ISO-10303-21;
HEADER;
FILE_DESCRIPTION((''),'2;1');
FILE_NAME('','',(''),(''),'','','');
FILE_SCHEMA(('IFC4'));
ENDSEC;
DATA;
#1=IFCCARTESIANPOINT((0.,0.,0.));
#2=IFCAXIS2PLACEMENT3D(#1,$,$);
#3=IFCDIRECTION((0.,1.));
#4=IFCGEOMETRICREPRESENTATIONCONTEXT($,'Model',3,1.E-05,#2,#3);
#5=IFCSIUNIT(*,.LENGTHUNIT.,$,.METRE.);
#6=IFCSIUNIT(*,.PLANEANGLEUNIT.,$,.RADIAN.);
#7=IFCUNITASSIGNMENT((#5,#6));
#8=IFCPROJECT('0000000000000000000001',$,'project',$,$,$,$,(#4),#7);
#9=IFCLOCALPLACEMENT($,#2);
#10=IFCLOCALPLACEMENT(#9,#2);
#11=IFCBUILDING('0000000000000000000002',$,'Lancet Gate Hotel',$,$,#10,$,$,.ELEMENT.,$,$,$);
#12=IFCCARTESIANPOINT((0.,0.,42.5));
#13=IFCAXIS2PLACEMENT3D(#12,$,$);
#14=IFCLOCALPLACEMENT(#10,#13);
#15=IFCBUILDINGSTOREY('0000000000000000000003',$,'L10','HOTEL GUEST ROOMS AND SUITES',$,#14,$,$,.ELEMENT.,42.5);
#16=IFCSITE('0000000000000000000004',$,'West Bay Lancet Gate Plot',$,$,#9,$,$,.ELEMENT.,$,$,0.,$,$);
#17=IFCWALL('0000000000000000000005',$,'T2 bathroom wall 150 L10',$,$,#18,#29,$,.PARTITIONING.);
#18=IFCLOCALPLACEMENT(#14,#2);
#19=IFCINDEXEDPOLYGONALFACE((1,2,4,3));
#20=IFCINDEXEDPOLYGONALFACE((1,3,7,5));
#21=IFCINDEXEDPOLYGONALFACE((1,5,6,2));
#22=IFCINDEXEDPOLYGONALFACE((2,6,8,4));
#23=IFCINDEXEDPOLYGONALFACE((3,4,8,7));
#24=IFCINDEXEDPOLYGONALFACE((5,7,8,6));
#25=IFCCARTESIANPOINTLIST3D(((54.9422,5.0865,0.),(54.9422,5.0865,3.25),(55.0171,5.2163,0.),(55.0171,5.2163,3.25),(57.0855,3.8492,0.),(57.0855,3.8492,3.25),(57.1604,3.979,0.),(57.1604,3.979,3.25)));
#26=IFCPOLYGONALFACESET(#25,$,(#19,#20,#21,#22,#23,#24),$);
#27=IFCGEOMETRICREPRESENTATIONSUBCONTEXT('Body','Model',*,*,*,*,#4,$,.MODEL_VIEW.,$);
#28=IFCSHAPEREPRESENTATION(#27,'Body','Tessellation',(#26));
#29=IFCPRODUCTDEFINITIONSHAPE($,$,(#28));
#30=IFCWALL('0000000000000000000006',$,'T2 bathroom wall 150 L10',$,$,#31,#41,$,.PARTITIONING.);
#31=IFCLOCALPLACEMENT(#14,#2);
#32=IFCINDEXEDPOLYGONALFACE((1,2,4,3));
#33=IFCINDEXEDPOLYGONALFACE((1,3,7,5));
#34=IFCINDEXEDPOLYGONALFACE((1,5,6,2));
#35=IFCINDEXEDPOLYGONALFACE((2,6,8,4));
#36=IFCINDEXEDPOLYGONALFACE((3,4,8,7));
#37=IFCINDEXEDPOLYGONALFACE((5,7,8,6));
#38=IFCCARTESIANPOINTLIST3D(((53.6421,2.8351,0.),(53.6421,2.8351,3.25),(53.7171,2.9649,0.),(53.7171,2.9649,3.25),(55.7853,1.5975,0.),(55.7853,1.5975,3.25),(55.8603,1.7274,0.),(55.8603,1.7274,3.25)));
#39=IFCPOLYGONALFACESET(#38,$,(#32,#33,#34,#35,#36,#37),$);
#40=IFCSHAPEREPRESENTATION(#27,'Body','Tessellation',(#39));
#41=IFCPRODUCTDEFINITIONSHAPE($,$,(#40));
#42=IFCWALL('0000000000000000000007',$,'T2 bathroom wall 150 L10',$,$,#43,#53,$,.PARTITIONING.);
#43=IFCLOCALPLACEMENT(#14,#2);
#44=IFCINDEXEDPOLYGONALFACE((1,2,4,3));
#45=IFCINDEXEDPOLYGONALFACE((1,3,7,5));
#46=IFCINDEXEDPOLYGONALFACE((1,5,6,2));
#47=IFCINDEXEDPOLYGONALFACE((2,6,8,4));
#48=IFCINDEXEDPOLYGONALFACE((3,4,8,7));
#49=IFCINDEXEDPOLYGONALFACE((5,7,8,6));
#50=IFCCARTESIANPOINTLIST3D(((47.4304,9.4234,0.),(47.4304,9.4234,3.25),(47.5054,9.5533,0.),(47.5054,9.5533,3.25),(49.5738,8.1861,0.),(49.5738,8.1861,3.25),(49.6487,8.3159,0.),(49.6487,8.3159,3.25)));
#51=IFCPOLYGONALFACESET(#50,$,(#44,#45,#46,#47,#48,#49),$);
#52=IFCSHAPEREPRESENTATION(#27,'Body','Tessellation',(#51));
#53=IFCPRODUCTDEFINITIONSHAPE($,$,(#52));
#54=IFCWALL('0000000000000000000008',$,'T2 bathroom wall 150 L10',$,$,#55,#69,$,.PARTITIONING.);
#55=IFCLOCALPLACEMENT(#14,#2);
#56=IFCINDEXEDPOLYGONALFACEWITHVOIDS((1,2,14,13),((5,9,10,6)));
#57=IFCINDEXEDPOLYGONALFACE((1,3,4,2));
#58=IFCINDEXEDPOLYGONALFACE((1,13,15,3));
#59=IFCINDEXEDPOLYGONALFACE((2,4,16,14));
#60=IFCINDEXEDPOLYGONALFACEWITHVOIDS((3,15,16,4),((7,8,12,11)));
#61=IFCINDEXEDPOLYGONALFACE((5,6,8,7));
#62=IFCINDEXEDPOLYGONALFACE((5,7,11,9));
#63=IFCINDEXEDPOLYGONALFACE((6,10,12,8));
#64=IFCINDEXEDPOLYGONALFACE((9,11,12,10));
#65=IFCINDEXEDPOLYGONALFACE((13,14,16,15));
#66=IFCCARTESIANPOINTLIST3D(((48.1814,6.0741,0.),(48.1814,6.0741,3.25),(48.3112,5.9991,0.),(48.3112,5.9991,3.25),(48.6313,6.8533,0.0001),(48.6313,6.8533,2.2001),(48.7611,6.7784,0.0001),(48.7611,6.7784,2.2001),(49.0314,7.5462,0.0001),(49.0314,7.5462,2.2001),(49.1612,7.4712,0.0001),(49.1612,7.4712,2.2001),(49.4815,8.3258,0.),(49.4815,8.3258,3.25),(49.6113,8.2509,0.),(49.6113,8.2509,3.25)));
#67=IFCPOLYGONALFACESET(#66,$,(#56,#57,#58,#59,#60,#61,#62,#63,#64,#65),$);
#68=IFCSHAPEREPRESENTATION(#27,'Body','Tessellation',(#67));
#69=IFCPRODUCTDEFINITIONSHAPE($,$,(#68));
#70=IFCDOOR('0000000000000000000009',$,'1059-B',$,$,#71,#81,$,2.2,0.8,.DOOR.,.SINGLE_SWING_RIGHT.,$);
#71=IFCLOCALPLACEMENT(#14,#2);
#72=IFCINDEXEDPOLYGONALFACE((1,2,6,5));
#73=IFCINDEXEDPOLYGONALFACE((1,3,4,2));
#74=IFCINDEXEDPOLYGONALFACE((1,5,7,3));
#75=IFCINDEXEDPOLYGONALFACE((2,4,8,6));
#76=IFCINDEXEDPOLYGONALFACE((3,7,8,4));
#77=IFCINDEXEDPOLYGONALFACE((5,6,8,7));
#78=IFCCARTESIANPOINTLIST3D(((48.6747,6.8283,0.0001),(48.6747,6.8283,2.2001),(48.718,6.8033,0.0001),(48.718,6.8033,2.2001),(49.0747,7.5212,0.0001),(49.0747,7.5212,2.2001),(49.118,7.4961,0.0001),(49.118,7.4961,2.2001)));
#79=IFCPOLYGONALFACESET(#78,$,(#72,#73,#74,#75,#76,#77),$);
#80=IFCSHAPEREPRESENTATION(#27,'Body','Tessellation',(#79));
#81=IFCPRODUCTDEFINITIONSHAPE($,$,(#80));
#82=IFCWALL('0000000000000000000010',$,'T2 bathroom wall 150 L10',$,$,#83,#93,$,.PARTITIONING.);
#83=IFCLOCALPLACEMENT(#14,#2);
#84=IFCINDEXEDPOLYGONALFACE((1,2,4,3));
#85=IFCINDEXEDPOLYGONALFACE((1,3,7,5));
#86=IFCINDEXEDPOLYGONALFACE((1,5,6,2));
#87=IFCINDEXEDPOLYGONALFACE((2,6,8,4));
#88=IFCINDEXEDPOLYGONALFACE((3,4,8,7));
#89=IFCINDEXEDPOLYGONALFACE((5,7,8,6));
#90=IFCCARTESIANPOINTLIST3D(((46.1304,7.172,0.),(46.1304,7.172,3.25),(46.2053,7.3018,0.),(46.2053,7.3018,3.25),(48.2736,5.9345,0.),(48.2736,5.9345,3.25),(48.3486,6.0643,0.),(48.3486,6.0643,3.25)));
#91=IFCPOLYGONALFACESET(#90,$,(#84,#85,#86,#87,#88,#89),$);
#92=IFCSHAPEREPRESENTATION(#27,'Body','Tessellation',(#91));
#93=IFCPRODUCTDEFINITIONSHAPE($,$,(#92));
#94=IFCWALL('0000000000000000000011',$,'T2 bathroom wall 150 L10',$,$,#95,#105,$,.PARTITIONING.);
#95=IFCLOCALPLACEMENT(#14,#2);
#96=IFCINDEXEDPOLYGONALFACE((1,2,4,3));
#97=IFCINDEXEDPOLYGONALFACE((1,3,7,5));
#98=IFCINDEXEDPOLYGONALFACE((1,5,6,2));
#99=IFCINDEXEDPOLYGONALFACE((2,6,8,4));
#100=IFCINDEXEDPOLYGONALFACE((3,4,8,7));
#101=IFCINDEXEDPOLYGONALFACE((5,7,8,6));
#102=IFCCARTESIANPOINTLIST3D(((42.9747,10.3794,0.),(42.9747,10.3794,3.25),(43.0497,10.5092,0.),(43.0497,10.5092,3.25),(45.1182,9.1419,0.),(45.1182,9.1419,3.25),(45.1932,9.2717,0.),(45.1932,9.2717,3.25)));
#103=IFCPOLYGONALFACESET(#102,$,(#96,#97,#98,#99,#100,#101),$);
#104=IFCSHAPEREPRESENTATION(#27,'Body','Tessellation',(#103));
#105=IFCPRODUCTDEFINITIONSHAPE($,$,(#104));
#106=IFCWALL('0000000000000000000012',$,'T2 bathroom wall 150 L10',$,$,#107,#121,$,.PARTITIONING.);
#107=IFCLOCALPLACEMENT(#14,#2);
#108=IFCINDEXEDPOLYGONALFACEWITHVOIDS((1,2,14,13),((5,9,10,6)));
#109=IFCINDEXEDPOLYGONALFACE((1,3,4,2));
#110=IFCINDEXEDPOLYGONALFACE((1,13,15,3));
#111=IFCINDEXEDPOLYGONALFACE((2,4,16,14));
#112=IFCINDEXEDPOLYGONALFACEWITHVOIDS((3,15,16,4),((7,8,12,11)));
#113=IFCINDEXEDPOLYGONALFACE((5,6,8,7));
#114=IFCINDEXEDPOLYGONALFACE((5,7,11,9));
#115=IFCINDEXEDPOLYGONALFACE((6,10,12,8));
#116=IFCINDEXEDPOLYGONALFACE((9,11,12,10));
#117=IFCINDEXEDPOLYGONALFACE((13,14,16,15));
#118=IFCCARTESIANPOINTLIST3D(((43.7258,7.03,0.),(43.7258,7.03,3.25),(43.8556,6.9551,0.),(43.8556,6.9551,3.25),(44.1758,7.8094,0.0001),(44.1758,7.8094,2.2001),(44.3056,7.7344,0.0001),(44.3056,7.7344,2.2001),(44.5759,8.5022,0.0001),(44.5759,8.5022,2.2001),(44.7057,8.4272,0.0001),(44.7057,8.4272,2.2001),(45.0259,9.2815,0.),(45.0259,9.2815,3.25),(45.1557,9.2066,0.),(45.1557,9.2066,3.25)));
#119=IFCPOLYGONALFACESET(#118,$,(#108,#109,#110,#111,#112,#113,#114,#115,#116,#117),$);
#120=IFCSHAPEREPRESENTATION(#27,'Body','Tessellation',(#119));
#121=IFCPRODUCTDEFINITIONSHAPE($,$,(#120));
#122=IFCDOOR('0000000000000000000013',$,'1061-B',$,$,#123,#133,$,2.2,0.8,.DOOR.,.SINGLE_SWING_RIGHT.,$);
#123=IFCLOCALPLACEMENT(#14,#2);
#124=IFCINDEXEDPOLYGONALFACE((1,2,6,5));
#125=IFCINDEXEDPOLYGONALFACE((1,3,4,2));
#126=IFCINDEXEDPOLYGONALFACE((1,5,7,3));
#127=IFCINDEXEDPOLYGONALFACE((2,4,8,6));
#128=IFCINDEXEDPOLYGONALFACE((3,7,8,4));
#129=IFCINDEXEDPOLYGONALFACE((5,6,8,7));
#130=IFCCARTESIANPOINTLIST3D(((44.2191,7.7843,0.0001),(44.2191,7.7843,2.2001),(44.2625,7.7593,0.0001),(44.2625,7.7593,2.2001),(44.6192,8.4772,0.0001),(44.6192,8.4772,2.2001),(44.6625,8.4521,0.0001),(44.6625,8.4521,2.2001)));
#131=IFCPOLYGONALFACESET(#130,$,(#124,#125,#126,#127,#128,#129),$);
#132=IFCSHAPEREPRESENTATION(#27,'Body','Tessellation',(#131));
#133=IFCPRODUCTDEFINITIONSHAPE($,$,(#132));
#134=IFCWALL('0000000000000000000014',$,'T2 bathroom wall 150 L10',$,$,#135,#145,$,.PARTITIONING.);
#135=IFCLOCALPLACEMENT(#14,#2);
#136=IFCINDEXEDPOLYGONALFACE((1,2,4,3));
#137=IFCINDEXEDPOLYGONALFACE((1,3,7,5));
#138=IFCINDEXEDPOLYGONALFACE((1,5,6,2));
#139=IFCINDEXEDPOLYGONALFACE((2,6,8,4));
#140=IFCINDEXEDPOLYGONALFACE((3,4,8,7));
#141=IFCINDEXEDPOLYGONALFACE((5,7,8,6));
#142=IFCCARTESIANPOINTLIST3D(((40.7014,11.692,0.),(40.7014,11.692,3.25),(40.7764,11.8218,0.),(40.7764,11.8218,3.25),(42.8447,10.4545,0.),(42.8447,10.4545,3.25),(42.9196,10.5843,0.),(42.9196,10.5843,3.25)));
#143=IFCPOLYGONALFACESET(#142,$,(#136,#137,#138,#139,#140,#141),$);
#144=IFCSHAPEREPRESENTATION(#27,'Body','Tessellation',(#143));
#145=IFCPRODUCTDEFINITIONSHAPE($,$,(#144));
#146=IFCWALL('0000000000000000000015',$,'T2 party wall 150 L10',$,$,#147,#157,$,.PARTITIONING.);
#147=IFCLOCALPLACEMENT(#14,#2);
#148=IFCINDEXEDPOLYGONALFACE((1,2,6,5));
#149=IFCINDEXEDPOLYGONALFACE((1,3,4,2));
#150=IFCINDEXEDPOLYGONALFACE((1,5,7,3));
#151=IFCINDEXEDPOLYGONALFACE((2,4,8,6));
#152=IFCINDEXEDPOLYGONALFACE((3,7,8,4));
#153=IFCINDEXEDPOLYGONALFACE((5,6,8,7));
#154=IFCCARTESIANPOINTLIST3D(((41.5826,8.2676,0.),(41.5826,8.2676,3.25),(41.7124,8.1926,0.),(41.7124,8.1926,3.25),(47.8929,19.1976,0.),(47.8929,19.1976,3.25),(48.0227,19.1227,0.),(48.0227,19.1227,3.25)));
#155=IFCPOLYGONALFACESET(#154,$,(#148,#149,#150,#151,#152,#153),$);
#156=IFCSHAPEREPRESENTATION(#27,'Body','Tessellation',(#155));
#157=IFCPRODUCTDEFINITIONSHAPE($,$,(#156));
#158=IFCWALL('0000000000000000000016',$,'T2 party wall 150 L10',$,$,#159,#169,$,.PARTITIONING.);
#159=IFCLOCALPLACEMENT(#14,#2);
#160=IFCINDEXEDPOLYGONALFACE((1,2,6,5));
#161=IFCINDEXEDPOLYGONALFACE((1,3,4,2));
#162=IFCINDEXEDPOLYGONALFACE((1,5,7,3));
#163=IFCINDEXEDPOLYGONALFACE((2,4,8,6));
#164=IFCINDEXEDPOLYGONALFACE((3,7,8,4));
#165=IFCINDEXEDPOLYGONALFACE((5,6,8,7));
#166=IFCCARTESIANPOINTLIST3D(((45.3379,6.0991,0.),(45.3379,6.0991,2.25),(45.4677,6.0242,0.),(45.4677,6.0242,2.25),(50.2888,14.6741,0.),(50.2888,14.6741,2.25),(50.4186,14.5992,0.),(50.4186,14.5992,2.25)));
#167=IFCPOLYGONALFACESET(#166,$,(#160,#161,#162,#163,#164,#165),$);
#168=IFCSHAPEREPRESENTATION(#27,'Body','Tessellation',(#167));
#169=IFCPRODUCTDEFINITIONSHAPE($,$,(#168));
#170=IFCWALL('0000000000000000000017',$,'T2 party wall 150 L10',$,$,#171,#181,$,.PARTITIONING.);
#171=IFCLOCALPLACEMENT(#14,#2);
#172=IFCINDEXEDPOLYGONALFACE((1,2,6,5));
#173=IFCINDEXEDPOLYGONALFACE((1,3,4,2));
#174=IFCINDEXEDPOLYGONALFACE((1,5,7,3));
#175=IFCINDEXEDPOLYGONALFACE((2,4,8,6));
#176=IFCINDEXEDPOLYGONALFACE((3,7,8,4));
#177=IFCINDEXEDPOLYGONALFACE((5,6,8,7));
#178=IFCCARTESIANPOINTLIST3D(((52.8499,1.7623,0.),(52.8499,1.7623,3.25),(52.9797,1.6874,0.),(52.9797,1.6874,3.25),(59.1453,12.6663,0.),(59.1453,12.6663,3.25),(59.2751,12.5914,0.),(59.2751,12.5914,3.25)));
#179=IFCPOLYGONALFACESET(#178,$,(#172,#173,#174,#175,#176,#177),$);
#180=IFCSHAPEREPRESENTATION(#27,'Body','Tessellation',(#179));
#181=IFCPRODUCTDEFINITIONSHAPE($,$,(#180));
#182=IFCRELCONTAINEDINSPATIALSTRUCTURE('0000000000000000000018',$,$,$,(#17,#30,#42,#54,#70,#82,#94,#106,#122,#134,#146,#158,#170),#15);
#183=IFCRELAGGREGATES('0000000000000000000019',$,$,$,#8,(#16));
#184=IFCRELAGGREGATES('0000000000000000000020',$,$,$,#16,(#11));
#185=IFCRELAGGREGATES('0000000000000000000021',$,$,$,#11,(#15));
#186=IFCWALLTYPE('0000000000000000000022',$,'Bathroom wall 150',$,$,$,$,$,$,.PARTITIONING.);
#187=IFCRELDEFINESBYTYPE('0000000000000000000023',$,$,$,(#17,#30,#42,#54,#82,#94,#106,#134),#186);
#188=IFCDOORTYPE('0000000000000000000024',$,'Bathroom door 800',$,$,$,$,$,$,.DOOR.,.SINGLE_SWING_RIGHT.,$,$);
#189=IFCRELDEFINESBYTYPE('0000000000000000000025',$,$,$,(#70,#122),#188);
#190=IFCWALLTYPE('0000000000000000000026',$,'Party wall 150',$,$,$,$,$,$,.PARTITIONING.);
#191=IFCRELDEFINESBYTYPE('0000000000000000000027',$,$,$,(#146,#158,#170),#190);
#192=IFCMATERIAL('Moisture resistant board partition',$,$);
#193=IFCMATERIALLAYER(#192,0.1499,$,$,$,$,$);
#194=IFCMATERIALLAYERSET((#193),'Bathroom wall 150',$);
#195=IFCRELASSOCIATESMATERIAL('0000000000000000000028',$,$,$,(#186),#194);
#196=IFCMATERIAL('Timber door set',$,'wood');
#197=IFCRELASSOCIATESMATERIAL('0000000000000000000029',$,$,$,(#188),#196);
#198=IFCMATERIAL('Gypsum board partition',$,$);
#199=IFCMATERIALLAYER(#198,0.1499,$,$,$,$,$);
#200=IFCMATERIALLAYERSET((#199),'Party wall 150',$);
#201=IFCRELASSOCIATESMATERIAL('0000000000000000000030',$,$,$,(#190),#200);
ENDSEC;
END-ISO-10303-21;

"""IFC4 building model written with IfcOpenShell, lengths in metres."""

from ifc_helpers import new_model, si_unit, direction, frame, frame_2d, origin, place, context, subcontext, project, spatial, rectangle, extrude, material, layer, layer_set, type_object, element, fill, save


model = new_model("IFC4")

# Units and contexts
model_context = context("Model", 3, precision=1e-05, world=origin(), true_north=direction((0.0, 1.0)))
body_context = subcontext(model_context, "Body", "Model", "MODEL_VIEW")
ifc_project = project(units=[si_unit("LENGTHUNIT", "METRE"), si_unit("PLANEANGLEUNIT", "RADIAN")], contexts=[model_context])

# Site, building, storey
site_placement = place(None, origin())
site = spatial("IfcSite", under=ifc_project, at=site_placement, Name="West Bay Lancet Gate Plot", CompositionType="ELEMENT", RefElevation=0.0)
building_placement = place(site_placement, origin())
building = spatial("IfcBuilding", under=site, at=building_placement, Name="Lancet Gate Hotel", CompositionType="ELEMENT")
storey_placement = place(building_placement, frame((0.0, 0.0, 42.5)))
storey = spatial("IfcBuildingStorey", under=building, at=storey_placement, Name="L10", Description="HOTEL GUEST ROOMS AND SUITES", CompositionType="ELEMENT", Elevation=42.5)

# Walls
ifc_material_1 = material(Name="Moisture resistant board partition")
ifc_layer_1 = layer(ifc_material_1, 0.1499)
ifc_layer_set_1 = layer_set([ifc_layer_1], Name="Bathroom wall 150")
wall_type_1 = type_object("IfcWallType", Name="Bathroom wall 150", PredefinedType="PARTITIONING", material=ifc_layer_set_1)
for number, where, z_axis, x_axis, name in (
    (1, (54.9797, 5.1514, 0.0), (0.0, 0.0, 1.0), (0.866049, -0.499959, 0.0), "T2 bathroom wall 150 L10"),
    (2, (53.6797, 2.8999, 0.0), (0.0, 0.0, 1.0), (0.866007, -0.500033, 0.0), "T2 bathroom wall 150 L10"),
    (3, (47.468, 9.4883, 0.0), (0.0, 0.0, 1.0), (0.866049, -0.499959, 0.0), "T2 bathroom wall 150 L10"),
):
    element("IfcWall", number, at=place(storey_placement, frame(where, z_axis=z_axis, x_axis=x_axis)), inside=storey, type_object=wall_type_1, Name=name, PredefinedType="PARTITIONING", context=body_context, shape_type="SweptSolid", body=[
        extrude(rectangle(XDim=2.4749, YDim=0.1499, at=frame_2d((1.2373, 0.0))), origin(), (0.0, 0.0, 1.0), 3.25),
    ])

# Wall, opening, door
wall_1_placement = place(storey_placement, frame((48.2463, 6.0366, 0.0), z_axis=(0.0, 0.0, 1.0), x_axis=(0.500007, 0.866021, 0.0)))
wall_1 = element("IfcWall", 4, at=wall_1_placement, inside=storey, type_object=wall_type_1, Name="T2 bathroom wall 150 L10", PredefinedType="PARTITIONING", context=body_context, shape_type="SweptSolid", body=[
    extrude(rectangle(XDim=2.6001, YDim=0.1499, at=frame_2d((1.3, 0.0))), origin(), (0.0, 0.0, 1.0), 3.25),
])
opening_1_placement = place(wall_1_placement, frame((0.8999, 0.0, 0.0)))
opening_1 = element("IfcOpeningElement", 5, at=opening_1_placement, cuts=wall_1, PredefinedType="OPENING", context=body_context, shape_type="SweptSolid", body=[
    extrude(rectangle(XDim=0.8, YDim=2.2, at=frame_2d((0.3999, 1.1001))), frame((0.0, 0.085, 0.0), z_axis=(0.0, -1.0, 0.0), x_axis=(1.0, 0.0, 0.0)), (0.0, 0.0, 1.0), 0.1699),
])
ifc_material_2 = material(Name="Timber door set", Category="wood")
door_type = type_object("IfcDoorType", Name="Bathroom door 800", OperationType="SINGLE_SWING_RIGHT", PredefinedType="DOOR", material=ifc_material_2)
door_1_placement = place(opening_1_placement, origin())
door_1 = element("IfcDoor", 6, at=door_1_placement, inside=storey, type_object=door_type, Name="1059-B", OperationType="SINGLE_SWING_RIGHT", OverallHeight=2.2, OverallWidth=0.8, PredefinedType="DOOR", context=body_context, shape_type="SweptSolid", body=[
    extrude(rectangle(XDim=0.8, YDim=2.2, at=frame_2d((0.3999, 1.1001))), frame((0.0, 0.0249, 0.0), z_axis=(0.0, -1.0, 0.0), x_axis=(1.0, 0.0, 0.0)), (0.0, 0.0, 1.0), 0.05),
])
fill(opening_1, door_1)

# Walls
wall_2_placement = place(storey_placement, frame((46.168, 7.2368, 0.0), z_axis=(0.0, 0.0, 1.0), x_axis=(0.866007, -0.500033, 0.0)))
element("IfcWall", 7, at=wall_2_placement, inside=storey, type_object=wall_type_1, Name="T2 bathroom wall 150 L10", PredefinedType="PARTITIONING", context=body_context, shape_type="SweptSolid", body=[
    extrude(rectangle(XDim=2.4749, YDim=0.1499, at=frame_2d((1.2373, 0.0))), origin(), (0.0, 0.0, 1.0), 3.25),
])
wall_3_placement = place(storey_placement, frame((43.0122, 10.4443, 0.0), z_axis=(0.0, 0.0, 1.0), x_axis=(0.866031, -0.49999, 0.0)))
element("IfcWall", 8, at=wall_3_placement, inside=storey, type_object=wall_type_1, Name="T2 bathroom wall 150 L10", PredefinedType="PARTITIONING", context=body_context, shape_type="SweptSolid", body=[
    extrude(rectangle(XDim=2.4751, YDim=0.1499, at=frame_2d((1.2375, 0.0))), origin(), (0.0, 0.0, 1.0), 3.25),
])

# Wall, opening, door
wall_4_placement = place(storey_placement, frame((43.7908, 6.9927, 0.0), z_axis=(0.0, 0.0, 1.0), x_axis=(0.500048, 0.865998, 0.0)))
wall_4 = element("IfcWall", 9, at=wall_4_placement, inside=storey, type_object=wall_type_1, Name="T2 bathroom wall 150 L10", PredefinedType="PARTITIONING", context=body_context, shape_type="SweptSolid", body=[
    extrude(rectangle(XDim=2.5999, YDim=0.1499, at=frame_2d((1.2998, 0.0))), origin(), (0.0, 0.0, 1.0), 3.25),
])
opening_2_placement = place(wall_4_placement, frame((0.8999, 0.0, 0.0)))
opening_2 = element("IfcOpeningElement", 10, at=opening_2_placement, cuts=wall_4, PredefinedType="OPENING", context=body_context, shape_type="SweptSolid", body=[
    extrude(rectangle(XDim=0.8, YDim=2.2, at=frame_2d((0.3999, 1.1001))), frame((0.0, 0.085, 0.0), z_axis=(0.0, -1.0, 0.0), x_axis=(1.0, 0.0, 0.0)), (0.0, 0.0, 1.0), 0.1699),
])
door_2_placement = place(opening_2_placement, origin())
door_2 = element("IfcDoor", 11, at=door_2_placement, inside=storey, type_object=door_type, Name="1061-B", OperationType="SINGLE_SWING_RIGHT", OverallHeight=2.2, OverallWidth=0.8, PredefinedType="DOOR", context=body_context, shape_type="SweptSolid", body=[
    extrude(rectangle(XDim=0.8, YDim=2.2, at=frame_2d((0.3999, 1.1001))), frame((0.0, 0.0249, 0.0), z_axis=(0.0, -1.0, 0.0), x_axis=(1.0, 0.0, 0.0)), (0.0, 0.0, 1.0), 0.05),
])
fill(opening_2, door_2)

# Walls
wall_5_placement = place(storey_placement, frame((40.739, 11.7568, 0.0), z_axis=(0.0, 0.0, 1.0), x_axis=(0.866007, -0.500033, 0.0)))
element("IfcWall", 12, at=wall_5_placement, inside=storey, type_object=wall_type_1, Name="T2 bathroom wall 150 L10", PredefinedType="PARTITIONING", context=body_context, shape_type="SweptSolid", body=[
    extrude(rectangle(XDim=2.4749, YDim=0.1499, at=frame_2d((1.2373, 0.0))), origin(), (0.0, 0.0, 1.0), 3.25),
])
ifc_material_3 = material(Name="Gypsum board partition")
ifc_layer_2 = layer(ifc_material_3, 0.1499)
ifc_layer_set_2 = layer_set([ifc_layer_2], Name="Party wall 150")
wall_type_2 = type_object("IfcWallType", Name="Party wall 150", PredefinedType="PARTITIONING", material=ifc_layer_set_2)
wall_6_placement = place(storey_placement, frame((41.6475, 8.23, 0.0), z_axis=(0.0, 0.0, 1.0), x_axis=(0.499986, 0.866034, 0.0)))
element("IfcWall", 13, at=wall_6_placement, inside=storey, type_object=wall_type_2, Name="T2 party wall 150 L10", PredefinedType="PARTITIONING", context=body_context, shape_type="SweptSolid", body=[
    extrude(rectangle(XDim=12.6208, YDim=0.1499, at=frame_2d((6.3105, 0.0))), origin(), (0.0, 0.0, 1.0), 3.25),
])
wall_7_placement = place(storey_placement, frame((45.4028, 6.0618, 0.0), z_axis=(0.0, 0.0, 1.0), x_axis=(0.500013, 0.866018, 0.0)))
element("IfcWall", 14, at=wall_7_placement, inside=storey, type_object=wall_type_2, Name="T2 party wall 150 L10", PredefinedType="PARTITIONING", context=body_context, shape_type="SweptSolid", body=[
    extrude(rectangle(XDim=9.9016, YDim=0.1499, at=frame_2d((4.9507, 0.0))), origin(), (0.0, 0.0, 1.0), 2.25),
])
wall_8_placement = place(storey_placement, frame((52.9148, 1.7249, 0.0), z_axis=(0.0, 0.0, 1.0), x_axis=(0.499997, 0.866027, 0.0)))
element("IfcWall", 15, at=wall_8_placement, inside=storey, type_object=wall_type_2, Name="T2 party wall 150 L10", PredefinedType="PARTITIONING", context=body_context, shape_type="SweptSolid", body=[
    extrude(rectangle(XDim=12.5908, YDim=0.1499, at=frame_2d((6.2954, 0.0))), origin(), (0.0, 0.0, 1.0), 3.25),
])

save(model, "model.ifc")
